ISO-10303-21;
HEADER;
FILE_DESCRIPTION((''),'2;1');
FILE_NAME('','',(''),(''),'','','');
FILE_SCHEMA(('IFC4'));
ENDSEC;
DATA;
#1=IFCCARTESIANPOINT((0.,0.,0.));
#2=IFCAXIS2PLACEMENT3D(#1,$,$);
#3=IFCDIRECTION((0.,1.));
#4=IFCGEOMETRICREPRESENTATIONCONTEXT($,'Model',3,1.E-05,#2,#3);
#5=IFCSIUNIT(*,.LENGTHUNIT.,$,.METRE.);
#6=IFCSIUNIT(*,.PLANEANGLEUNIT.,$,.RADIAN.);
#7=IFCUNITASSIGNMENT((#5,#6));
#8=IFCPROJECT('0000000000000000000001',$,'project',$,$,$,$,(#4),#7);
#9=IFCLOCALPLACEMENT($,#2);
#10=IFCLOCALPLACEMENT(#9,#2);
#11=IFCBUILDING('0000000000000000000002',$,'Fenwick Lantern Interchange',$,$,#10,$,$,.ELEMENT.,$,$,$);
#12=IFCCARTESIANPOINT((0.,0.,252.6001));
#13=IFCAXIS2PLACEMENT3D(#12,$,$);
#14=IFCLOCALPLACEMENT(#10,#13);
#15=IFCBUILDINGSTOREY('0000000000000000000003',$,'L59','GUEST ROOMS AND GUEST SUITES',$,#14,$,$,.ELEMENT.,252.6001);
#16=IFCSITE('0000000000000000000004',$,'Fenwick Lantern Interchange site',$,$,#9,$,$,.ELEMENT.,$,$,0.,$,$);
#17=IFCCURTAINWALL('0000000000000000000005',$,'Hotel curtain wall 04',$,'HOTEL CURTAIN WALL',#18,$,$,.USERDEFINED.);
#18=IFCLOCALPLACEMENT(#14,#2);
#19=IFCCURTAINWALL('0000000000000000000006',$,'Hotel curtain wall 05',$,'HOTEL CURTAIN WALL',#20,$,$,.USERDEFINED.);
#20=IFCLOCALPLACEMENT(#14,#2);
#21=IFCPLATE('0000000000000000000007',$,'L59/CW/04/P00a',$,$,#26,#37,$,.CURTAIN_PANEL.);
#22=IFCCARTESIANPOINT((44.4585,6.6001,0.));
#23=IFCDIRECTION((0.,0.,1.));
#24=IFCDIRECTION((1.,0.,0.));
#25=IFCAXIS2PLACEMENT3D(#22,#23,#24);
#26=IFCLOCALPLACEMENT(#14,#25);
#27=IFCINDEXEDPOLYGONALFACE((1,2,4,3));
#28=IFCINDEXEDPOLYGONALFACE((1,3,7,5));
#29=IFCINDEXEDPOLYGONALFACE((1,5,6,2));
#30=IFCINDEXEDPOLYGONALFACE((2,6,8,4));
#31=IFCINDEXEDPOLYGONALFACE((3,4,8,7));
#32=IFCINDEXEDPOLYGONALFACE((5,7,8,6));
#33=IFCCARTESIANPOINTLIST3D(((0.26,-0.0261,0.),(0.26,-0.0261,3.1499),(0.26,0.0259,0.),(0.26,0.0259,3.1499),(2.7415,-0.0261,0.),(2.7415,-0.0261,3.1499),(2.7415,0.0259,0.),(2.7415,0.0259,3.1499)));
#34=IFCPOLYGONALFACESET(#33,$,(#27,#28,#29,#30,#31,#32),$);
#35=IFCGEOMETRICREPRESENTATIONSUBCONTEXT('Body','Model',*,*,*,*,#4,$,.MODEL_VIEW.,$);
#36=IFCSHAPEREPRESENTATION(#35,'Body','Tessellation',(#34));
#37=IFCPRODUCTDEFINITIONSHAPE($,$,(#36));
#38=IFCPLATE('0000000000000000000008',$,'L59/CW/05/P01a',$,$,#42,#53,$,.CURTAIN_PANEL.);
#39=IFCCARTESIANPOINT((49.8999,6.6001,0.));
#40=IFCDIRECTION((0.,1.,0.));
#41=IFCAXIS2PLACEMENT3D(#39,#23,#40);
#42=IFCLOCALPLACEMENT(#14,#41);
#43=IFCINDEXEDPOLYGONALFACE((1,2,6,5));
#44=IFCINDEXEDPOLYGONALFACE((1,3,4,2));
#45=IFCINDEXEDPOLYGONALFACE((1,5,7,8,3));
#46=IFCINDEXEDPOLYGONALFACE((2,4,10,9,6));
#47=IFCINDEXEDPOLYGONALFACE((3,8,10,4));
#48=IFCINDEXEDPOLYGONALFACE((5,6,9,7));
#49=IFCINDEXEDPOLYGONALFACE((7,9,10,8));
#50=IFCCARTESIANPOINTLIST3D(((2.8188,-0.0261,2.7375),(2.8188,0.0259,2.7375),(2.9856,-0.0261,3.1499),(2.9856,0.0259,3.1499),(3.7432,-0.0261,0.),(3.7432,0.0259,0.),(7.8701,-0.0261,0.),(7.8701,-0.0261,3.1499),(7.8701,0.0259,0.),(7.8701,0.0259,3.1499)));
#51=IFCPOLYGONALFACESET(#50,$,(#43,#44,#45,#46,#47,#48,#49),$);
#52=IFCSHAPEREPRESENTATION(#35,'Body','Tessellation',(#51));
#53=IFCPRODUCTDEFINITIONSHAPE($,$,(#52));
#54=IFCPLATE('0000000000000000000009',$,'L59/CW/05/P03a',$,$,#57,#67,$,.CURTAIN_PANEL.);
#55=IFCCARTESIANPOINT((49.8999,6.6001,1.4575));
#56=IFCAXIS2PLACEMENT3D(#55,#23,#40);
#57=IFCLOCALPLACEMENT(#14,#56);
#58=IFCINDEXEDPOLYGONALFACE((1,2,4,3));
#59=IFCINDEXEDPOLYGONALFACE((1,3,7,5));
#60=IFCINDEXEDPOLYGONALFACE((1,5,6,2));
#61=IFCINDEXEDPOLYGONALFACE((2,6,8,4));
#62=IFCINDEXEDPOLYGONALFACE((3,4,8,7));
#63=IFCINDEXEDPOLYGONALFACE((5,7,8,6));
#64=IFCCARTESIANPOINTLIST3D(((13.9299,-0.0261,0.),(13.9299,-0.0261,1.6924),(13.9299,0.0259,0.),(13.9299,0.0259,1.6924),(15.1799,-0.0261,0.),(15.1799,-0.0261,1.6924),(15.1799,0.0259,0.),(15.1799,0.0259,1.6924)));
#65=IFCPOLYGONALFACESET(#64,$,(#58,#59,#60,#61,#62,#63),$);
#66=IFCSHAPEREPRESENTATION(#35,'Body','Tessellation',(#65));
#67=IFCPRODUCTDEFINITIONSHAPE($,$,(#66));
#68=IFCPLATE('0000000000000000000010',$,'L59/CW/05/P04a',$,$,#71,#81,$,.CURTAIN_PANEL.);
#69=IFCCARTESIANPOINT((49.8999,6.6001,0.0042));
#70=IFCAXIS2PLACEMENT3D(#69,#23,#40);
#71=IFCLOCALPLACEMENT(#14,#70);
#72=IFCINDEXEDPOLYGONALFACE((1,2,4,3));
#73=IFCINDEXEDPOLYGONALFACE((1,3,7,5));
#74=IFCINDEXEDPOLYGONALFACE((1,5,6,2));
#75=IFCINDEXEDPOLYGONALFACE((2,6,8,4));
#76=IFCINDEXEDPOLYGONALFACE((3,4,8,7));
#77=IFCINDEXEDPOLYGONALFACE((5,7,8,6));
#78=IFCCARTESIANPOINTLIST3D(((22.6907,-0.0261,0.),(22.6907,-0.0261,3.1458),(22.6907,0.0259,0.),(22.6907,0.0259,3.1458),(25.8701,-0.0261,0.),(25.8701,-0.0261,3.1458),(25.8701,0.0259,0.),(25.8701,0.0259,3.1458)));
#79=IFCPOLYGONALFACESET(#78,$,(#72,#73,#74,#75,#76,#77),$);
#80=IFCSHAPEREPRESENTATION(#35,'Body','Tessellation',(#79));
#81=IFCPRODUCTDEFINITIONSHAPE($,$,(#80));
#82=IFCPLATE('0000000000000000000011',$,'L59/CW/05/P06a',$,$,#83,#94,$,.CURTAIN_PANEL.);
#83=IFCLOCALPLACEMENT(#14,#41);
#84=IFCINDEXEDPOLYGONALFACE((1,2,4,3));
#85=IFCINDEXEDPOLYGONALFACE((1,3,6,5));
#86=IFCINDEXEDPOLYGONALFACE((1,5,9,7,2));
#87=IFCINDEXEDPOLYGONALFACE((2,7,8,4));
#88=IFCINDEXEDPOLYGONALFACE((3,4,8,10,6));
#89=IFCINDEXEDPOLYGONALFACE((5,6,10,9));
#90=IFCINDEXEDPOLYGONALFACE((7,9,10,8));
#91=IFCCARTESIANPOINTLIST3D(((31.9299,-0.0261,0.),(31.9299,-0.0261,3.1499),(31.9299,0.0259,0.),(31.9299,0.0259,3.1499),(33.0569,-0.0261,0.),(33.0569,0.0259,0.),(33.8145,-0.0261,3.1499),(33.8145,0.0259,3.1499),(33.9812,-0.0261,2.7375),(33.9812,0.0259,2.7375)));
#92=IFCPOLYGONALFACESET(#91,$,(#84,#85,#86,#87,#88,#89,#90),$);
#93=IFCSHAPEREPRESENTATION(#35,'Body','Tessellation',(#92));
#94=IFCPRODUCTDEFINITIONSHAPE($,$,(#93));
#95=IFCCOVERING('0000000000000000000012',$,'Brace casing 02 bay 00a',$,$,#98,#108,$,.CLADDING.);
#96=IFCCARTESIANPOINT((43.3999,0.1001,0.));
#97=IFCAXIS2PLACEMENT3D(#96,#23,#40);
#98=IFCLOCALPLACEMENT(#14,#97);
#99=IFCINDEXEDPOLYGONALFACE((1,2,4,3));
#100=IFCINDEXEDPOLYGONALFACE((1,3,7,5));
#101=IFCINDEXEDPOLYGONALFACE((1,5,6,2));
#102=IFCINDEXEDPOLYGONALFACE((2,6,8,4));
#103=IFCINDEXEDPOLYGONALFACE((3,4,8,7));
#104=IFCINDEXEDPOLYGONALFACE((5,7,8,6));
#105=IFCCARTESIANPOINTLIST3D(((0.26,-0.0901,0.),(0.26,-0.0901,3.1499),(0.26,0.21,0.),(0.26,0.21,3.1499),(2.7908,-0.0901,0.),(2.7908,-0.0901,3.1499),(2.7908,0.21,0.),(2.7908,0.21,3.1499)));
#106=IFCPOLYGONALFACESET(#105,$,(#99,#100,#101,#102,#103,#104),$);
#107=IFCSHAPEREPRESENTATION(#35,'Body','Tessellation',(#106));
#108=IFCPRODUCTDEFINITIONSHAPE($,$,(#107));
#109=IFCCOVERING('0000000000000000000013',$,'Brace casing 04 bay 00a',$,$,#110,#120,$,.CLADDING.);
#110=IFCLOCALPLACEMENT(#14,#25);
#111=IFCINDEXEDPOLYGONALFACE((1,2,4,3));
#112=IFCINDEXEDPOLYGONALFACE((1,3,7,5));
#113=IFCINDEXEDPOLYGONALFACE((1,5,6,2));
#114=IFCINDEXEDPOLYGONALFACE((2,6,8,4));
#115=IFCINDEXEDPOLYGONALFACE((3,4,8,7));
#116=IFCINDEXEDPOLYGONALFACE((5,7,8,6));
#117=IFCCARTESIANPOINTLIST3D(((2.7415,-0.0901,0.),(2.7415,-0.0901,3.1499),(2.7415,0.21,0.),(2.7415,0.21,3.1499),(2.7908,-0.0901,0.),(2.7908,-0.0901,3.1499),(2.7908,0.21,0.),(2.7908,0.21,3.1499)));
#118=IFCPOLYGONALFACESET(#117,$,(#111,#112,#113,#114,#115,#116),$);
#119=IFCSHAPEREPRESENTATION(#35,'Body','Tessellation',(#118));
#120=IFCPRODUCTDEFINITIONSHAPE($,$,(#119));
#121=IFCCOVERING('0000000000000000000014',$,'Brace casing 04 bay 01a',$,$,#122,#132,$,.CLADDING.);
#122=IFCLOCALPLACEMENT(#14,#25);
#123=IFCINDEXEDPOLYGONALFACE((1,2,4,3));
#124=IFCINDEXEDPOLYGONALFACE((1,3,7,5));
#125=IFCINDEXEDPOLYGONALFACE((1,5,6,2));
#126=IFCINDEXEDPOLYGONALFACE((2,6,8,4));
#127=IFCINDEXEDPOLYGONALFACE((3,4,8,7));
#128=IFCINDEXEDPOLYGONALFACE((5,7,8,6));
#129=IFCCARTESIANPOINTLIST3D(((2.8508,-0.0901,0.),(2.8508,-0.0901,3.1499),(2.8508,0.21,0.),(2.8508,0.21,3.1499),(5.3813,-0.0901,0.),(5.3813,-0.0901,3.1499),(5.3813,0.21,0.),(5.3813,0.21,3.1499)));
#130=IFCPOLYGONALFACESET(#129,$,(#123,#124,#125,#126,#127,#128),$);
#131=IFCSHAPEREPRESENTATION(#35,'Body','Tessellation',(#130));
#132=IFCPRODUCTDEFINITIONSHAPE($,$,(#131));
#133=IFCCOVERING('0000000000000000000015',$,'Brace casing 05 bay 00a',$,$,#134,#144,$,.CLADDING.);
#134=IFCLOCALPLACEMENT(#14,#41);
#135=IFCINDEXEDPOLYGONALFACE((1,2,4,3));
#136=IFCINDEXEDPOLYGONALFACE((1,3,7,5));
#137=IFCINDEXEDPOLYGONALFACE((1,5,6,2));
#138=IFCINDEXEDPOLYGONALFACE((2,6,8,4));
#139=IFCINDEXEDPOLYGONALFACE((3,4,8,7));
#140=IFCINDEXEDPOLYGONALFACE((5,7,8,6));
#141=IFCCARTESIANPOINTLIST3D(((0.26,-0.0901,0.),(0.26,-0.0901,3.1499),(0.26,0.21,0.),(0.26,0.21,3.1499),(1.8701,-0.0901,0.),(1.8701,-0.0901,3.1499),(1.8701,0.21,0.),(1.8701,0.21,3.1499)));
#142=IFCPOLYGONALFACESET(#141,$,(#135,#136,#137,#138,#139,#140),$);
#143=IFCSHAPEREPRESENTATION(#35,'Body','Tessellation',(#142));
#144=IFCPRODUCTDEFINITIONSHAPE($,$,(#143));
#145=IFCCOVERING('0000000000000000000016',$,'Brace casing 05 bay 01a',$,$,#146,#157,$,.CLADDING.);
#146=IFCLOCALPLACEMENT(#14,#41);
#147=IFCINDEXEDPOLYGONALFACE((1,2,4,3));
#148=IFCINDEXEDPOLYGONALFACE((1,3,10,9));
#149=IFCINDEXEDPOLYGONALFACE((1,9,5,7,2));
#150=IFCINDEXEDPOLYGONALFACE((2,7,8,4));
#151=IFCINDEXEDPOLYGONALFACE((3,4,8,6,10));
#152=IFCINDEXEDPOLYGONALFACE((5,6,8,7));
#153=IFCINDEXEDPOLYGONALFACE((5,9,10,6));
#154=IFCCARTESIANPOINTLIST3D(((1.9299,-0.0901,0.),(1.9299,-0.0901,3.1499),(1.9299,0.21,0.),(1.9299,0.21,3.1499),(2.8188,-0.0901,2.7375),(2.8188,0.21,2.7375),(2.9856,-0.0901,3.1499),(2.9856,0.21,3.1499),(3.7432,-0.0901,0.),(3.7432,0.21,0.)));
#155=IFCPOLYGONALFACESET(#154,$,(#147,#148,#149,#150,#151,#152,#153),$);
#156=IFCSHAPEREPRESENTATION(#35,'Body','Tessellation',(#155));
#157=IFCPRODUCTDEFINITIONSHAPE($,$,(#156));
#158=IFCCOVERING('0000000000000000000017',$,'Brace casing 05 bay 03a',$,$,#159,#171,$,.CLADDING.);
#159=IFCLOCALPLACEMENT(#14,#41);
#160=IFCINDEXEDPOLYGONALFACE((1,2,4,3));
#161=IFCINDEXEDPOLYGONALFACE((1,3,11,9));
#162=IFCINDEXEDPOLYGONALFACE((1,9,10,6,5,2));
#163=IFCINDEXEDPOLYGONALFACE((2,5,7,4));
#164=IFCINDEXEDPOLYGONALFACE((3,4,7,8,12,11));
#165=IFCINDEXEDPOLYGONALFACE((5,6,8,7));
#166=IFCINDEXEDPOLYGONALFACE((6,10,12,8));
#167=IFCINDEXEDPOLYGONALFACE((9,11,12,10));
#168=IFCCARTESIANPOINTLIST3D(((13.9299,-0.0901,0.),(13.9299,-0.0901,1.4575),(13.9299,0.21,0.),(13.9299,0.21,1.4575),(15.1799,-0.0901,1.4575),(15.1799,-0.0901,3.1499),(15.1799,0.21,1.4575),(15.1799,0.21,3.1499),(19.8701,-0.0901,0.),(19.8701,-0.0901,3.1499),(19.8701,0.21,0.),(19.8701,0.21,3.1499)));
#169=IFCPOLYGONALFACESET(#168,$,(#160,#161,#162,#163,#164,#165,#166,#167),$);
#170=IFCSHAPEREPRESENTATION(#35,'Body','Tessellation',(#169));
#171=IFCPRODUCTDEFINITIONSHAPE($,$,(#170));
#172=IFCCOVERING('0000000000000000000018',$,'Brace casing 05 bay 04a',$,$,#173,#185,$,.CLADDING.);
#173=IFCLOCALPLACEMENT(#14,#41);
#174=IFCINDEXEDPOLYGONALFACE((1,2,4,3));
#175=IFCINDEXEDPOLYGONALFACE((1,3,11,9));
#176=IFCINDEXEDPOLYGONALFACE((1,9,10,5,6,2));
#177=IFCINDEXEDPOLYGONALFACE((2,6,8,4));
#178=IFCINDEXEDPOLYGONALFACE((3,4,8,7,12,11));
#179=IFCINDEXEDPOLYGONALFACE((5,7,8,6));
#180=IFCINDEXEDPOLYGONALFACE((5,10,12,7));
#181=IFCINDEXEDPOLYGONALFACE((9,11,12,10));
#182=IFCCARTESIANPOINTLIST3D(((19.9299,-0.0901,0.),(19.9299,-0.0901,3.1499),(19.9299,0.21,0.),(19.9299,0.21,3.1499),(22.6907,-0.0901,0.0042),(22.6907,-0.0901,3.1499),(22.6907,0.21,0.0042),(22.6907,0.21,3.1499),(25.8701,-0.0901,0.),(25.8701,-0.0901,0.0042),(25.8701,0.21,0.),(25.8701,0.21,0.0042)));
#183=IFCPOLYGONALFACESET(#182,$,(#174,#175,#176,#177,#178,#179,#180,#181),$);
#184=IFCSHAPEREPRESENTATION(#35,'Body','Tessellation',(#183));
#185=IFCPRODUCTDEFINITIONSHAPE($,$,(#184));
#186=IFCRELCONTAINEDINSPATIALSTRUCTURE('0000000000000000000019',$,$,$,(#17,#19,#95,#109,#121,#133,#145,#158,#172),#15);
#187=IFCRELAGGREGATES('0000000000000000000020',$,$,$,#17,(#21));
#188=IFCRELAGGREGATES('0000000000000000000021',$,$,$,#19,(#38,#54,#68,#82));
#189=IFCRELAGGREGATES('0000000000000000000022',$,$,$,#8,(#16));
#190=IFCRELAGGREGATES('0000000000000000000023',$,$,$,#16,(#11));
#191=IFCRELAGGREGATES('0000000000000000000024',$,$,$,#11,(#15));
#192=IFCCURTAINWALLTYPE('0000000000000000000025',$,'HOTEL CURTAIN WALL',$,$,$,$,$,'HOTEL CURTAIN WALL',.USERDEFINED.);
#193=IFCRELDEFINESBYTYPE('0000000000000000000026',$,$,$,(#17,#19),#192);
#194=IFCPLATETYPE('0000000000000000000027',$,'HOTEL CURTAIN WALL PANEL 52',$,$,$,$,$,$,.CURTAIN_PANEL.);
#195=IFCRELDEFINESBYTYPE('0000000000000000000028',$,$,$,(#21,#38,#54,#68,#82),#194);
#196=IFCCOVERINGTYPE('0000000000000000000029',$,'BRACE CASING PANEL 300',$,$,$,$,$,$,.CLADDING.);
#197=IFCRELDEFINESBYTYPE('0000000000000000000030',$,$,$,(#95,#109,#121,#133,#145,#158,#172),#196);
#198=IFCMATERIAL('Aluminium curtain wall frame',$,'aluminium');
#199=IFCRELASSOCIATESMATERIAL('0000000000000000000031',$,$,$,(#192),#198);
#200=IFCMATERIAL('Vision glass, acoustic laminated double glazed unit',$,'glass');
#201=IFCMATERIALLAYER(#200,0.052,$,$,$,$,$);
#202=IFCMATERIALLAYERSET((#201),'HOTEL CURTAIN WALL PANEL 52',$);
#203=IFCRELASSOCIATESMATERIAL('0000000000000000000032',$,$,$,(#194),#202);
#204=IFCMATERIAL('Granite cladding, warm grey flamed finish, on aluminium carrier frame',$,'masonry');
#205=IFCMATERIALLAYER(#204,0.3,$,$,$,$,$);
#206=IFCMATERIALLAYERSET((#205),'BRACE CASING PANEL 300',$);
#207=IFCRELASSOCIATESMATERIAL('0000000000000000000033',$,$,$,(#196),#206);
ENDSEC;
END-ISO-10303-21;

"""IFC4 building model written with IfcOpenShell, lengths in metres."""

from ifc_helpers import new_model, si_unit, direction, frame, origin, place, context, subcontext, project, spatial, polyline, outline, extrude, material, layer, layer_set, type_object, element, aggregate, save


model = new_model("IFC4")

# Units and contexts
model_context = context("Model", 3, precision=1e-05, world=origin(), true_north=direction((0.0, 1.0)))
body_context = subcontext(model_context, "Body", "Model", "MODEL_VIEW")
ifc_project = project(units=[si_unit("LENGTHUNIT", "METRE"), si_unit("PLANEANGLEUNIT", "RADIAN")], contexts=[model_context])

# Site, building, storey
site_placement = place(None, origin())
site = spatial("IfcSite", under=ifc_project, at=site_placement, Name="Fenwick Lantern Interchange site", CompositionType="ELEMENT", RefElevation=0.0)
building_placement = place(site_placement, origin())
building = spatial("IfcBuilding", under=site, at=building_placement, Name="Fenwick Lantern Interchange", CompositionType="ELEMENT")
storey_placement = place(building_placement, frame((0.0, 0.0, 252.6001)))
storey = spatial("IfcBuildingStorey", under=building, at=storey_placement, Name="L59", Description="GUEST ROOMS AND GUEST SUITES", CompositionType="ELEMENT", Elevation=252.6001)

# Shared definitions
ifc_material_1 = material(Name="Aluminium curtain wall frame", Category="aluminium")
curtain_wall_type = type_object("IfcCurtainWallType", Name="HOTEL CURTAIN WALL", ElementType="HOTEL CURTAIN WALL", PredefinedType="USERDEFINED", material=ifc_material_1)

# Curtain wall
curtain_wall_1_placement = place(storey_placement, origin())
curtain_wall_1 = element("IfcCurtainWall", 1, at=curtain_wall_1_placement, inside=storey, type_object=curtain_wall_type, Name="Hotel curtain wall 04", ObjectType="HOTEL CURTAIN WALL", PredefinedType="USERDEFINED")

# Curtain wall
curtain_wall_2_placement = place(storey_placement, origin())
curtain_wall_2 = element("IfcCurtainWall", 2, at=curtain_wall_2_placement, inside=storey, type_object=curtain_wall_type, Name="Hotel curtain wall 05", ObjectType="HOTEL CURTAIN WALL", PredefinedType="USERDEFINED")

# Plates
ifc_material_2 = material(Name="Vision glass, acoustic laminated double glazed unit", Category="glass")
ifc_layer_1 = layer(ifc_material_2, 0.052)
ifc_layer_set_1 = layer_set([ifc_layer_1], Name="HOTEL CURTAIN WALL PANEL 52")
plate_type = type_object("IfcPlateType", Name="HOTEL CURTAIN WALL PANEL 52", PredefinedType="CURTAIN_PANEL", material=ifc_layer_set_1)
plate_1_placement = place(storey_placement, frame((44.4585, 6.6001, 0.0), z_axis=(0.0, 0.0, 1.0), x_axis=(1.0, 0.0, 0.0)))
plate_1 = element("IfcPlate", 3, at=plate_1_placement, type_object=plate_type, Name="L59/CW/04/P00a", PredefinedType="CURTAIN_PANEL", context=body_context, shape_type="SweptSolid", body=[
    extrude(outline(polyline([(0.26, 0.0), (2.7415, 0.0), (2.7415, 3.1499), (0.26, 3.1499), (0.26, 0.0)])), frame((0.0, 0.0259, 0.0), z_axis=(0.0, -1.0, 0.0), x_axis=(1.0, 0.0, 0.0)), (0.0, 0.0, 1.0), 0.052),
])
aggregate(curtain_wall_1, [plate_1])
plate_2_placement = place(storey_placement, frame((49.8999, 6.6001, 0.0), z_axis=(0.0, 0.0, 1.0), x_axis=(0.0, 1.0, 0.0)))
plate_2 = element("IfcPlate", 4, at=plate_2_placement, type_object=plate_type, Name="L59/CW/05/P01a", PredefinedType="CURTAIN_PANEL", context=body_context, shape_type="SweptSolid", body=[
    extrude(outline(polyline([(3.7432, 0.0), (7.8701, 0.0), (7.8701, 3.1499), (2.9856, 3.1499), (2.8188, 2.7375), (3.7432, 0.0)])), frame((0.0, 0.0259, 0.0), z_axis=(0.0, -1.0, 0.0), x_axis=(1.0, 0.0, 0.0)), (0.0, 0.0, 1.0), 0.052),
])
plate_3_placement = place(storey_placement, frame((49.8999, 6.6001, 1.4575), z_axis=(0.0, 0.0, 1.0), x_axis=(0.0, 1.0, 0.0)))
plate_3 = element("IfcPlate", 5, at=plate_3_placement, type_object=plate_type, Name="L59/CW/05/P03a", PredefinedType="CURTAIN_PANEL", context=body_context, shape_type="SweptSolid", body=[
    extrude(outline(polyline([(13.9299, 0.0), (15.1799, 0.0), (15.1799, 1.6924), (13.9299, 1.6924), (13.9299, 0.0)])), frame((0.0, 0.0259, 0.0), z_axis=(0.0, -1.0, 0.0), x_axis=(1.0, 0.0, 0.0)), (0.0, 0.0, 1.0), 0.052),
])
plate_4_placement = place(storey_placement, frame((49.8999, 6.6001, 0.0042), z_axis=(0.0, 0.0, 1.0), x_axis=(0.0, 1.0, 0.0)))
plate_4 = element("IfcPlate", 6, at=plate_4_placement, type_object=plate_type, Name="L59/CW/05/P04a", PredefinedType="CURTAIN_PANEL", context=body_context, shape_type="SweptSolid", body=[
    extrude(outline(polyline([(22.6907, 0.0), (25.8701, 0.0), (25.8701, 3.1458), (22.6907, 3.1458), (22.6907, 0.0)])), frame((0.0, 0.0259, 0.0), z_axis=(0.0, -1.0, 0.0), x_axis=(1.0, 0.0, 0.0)), (0.0, 0.0, 1.0), 0.052),
])
plate_5_placement = place(storey_placement, frame((49.8999, 6.6001, 0.0), z_axis=(0.0, 0.0, 1.0), x_axis=(0.0, 1.0, 0.0)))
plate_5 = element("IfcPlate", 7, at=plate_5_placement, type_object=plate_type, Name="L59/CW/05/P06a", PredefinedType="CURTAIN_PANEL", context=body_context, shape_type="SweptSolid", body=[
    extrude(outline(polyline([(31.9299, 0.0), (33.0569, 0.0), (33.9812, 2.7375), (33.8145, 3.1499), (31.9299, 3.1499), (31.9299, 0.0)])), frame((0.0, 0.0259, 0.0), z_axis=(0.0, -1.0, 0.0), x_axis=(1.0, 0.0, 0.0)), (0.0, 0.0, 1.0), 0.052),
])
aggregate(curtain_wall_2, [plate_2, plate_3, plate_4, plate_5])

# Coverings
ifc_material_3 = material(Name="Granite cladding, warm grey flamed finish, on aluminium carrier frame", Category="masonry")
ifc_layer_2 = layer(ifc_material_3, 0.3)
ifc_layer_set_2 = layer_set([ifc_layer_2], Name="BRACE CASING PANEL 300")
covering_type = type_object("IfcCoveringType", Name="BRACE CASING PANEL 300", PredefinedType="CLADDING", material=ifc_layer_set_2)
covering_1_placement = place(storey_placement, frame((43.3999, 0.1001, 0.0), z_axis=(0.0, 0.0, 1.0), x_axis=(0.0, 1.0, 0.0)))
element("IfcCovering", 8, at=covering_1_placement, inside=storey, type_object=covering_type, Name="Brace casing 02 bay 00a", PredefinedType="CLADDING", context=body_context, shape_type="SweptSolid", body=[
    extrude(outline(polyline([(0.26, 0.0), (2.7908, 0.0), (2.7908, 3.1499), (0.26, 3.1499), (0.26, 0.0)])), frame((0.0, 0.21, 0.0), z_axis=(0.0, -1.0, 0.0), x_axis=(1.0, 0.0, 0.0)), (0.0, 0.0, 1.0), 0.3),
])
covering_2_placement = place(storey_placement, frame((44.4585, 6.6001, 0.0), z_axis=(0.0, 0.0, 1.0), x_axis=(1.0, 0.0, 0.0)))
element("IfcCovering", 9, at=covering_2_placement, inside=storey, type_object=covering_type, Name="Brace casing 04 bay 00a", PredefinedType="CLADDING", context=body_context, shape_type="SweptSolid", body=[
    extrude(outline(polyline([(2.7415, 0.0), (2.7908, 0.0), (2.7908, 3.1499), (2.7415, 3.1499), (2.7415, 0.0)])), frame((0.0, 0.21, 0.0), z_axis=(0.0, -1.0, 0.0), x_axis=(1.0, 0.0, 0.0)), (0.0, 0.0, 1.0), 0.3),
])
covering_3_placement = place(storey_placement, frame((44.4585, 6.6001, 0.0), z_axis=(0.0, 0.0, 1.0), x_axis=(1.0, 0.0, 0.0)))
element("IfcCovering", 10, at=covering_3_placement, inside=storey, type_object=covering_type, Name="Brace casing 04 bay 01a", PredefinedType="CLADDING", context=body_context, shape_type="SweptSolid", body=[
    extrude(outline(polyline([(2.8508, 0.0), (5.3813, 0.0), (5.3813, 3.1499), (2.8508, 3.1499), (2.8508, 0.0)])), frame((0.0, 0.21, 0.0), z_axis=(0.0, -1.0, 0.0), x_axis=(1.0, 0.0, 0.0)), (0.0, 0.0, 1.0), 0.3),
])
covering_4_placement = place(storey_placement, frame((49.8999, 6.6001, 0.0), z_axis=(0.0, 0.0, 1.0), x_axis=(0.0, 1.0, 0.0)))
element("IfcCovering", 11, at=covering_4_placement, inside=storey, type_object=covering_type, Name="Brace casing 05 bay 00a", PredefinedType="CLADDING", context=body_context, shape_type="SweptSolid", body=[
    extrude(outline(polyline([(0.26, 0.0), (1.8701, 0.0), (1.8701, 3.1499), (0.26, 3.1499), (0.26, 0.0)])), frame((0.0, 0.21, 0.0), z_axis=(0.0, -1.0, 0.0), x_axis=(1.0, 0.0, 0.0)), (0.0, 0.0, 1.0), 0.3),
])
covering_5_placement = place(storey_placement, frame((49.8999, 6.6001, 0.0), z_axis=(0.0, 0.0, 1.0), x_axis=(0.0, 1.0, 0.0)))
element("IfcCovering", 12, at=covering_5_placement, inside=storey, type_object=covering_type, Name="Brace casing 05 bay 01a", PredefinedType="CLADDING", context=body_context, shape_type="SweptSolid", body=[
    extrude(outline(polyline([(1.9299, 0.0), (3.7432, 0.0), (2.8188, 2.7375), (2.9856, 3.1499), (1.9299, 3.1499), (1.9299, 0.0)])), frame((0.0, 0.21, 0.0), z_axis=(0.0, -1.0, 0.0), x_axis=(1.0, 0.0, 0.0)), (0.0, 0.0, 1.0), 0.3),
])
covering_6_placement = place(storey_placement, frame((49.8999, 6.6001, 0.0), z_axis=(0.0, 0.0, 1.0), x_axis=(0.0, 1.0, 0.0)))
element("IfcCovering", 13, at=covering_6_placement, inside=storey, type_object=covering_type, Name="Brace casing 05 bay 03a", PredefinedType="CLADDING", context=body_context, shape_type="SweptSolid", body=[
    extrude(outline(polyline([(13.9299, 0.0), (19.8701, 0.0), (19.8701, 3.1499), (15.1799, 3.1499), (15.1799, 1.4575), (13.9299, 1.4575), (13.9299, 0.0)])), frame((0.0, 0.21, 0.0), z_axis=(0.0, -1.0, 0.0), x_axis=(1.0, 0.0, 0.0)), (0.0, 0.0, 1.0), 0.3),
])
covering_7_placement = place(storey_placement, frame((49.8999, 6.6001, 0.0), z_axis=(0.0, 0.0, 1.0), x_axis=(0.0, 1.0, 0.0)))
element("IfcCovering", 14, at=covering_7_placement, inside=storey, type_object=covering_type, Name="Brace casing 05 bay 04a", PredefinedType="CLADDING", context=body_context, shape_type="SweptSolid", body=[
    extrude(outline(polyline([(19.9299, 0.0), (25.8701, 0.0), (25.8701, 0.0042), (22.6907, 0.0042), (22.6907, 3.1499), (19.9299, 3.1499), (19.9299, 0.0)])), frame((0.0, 0.21, 0.0), z_axis=(0.0, -1.0, 0.0), x_axis=(1.0, 0.0, 0.0)), (0.0, 0.0, 1.0), 0.3),
])

save(model, "model.ifc")
